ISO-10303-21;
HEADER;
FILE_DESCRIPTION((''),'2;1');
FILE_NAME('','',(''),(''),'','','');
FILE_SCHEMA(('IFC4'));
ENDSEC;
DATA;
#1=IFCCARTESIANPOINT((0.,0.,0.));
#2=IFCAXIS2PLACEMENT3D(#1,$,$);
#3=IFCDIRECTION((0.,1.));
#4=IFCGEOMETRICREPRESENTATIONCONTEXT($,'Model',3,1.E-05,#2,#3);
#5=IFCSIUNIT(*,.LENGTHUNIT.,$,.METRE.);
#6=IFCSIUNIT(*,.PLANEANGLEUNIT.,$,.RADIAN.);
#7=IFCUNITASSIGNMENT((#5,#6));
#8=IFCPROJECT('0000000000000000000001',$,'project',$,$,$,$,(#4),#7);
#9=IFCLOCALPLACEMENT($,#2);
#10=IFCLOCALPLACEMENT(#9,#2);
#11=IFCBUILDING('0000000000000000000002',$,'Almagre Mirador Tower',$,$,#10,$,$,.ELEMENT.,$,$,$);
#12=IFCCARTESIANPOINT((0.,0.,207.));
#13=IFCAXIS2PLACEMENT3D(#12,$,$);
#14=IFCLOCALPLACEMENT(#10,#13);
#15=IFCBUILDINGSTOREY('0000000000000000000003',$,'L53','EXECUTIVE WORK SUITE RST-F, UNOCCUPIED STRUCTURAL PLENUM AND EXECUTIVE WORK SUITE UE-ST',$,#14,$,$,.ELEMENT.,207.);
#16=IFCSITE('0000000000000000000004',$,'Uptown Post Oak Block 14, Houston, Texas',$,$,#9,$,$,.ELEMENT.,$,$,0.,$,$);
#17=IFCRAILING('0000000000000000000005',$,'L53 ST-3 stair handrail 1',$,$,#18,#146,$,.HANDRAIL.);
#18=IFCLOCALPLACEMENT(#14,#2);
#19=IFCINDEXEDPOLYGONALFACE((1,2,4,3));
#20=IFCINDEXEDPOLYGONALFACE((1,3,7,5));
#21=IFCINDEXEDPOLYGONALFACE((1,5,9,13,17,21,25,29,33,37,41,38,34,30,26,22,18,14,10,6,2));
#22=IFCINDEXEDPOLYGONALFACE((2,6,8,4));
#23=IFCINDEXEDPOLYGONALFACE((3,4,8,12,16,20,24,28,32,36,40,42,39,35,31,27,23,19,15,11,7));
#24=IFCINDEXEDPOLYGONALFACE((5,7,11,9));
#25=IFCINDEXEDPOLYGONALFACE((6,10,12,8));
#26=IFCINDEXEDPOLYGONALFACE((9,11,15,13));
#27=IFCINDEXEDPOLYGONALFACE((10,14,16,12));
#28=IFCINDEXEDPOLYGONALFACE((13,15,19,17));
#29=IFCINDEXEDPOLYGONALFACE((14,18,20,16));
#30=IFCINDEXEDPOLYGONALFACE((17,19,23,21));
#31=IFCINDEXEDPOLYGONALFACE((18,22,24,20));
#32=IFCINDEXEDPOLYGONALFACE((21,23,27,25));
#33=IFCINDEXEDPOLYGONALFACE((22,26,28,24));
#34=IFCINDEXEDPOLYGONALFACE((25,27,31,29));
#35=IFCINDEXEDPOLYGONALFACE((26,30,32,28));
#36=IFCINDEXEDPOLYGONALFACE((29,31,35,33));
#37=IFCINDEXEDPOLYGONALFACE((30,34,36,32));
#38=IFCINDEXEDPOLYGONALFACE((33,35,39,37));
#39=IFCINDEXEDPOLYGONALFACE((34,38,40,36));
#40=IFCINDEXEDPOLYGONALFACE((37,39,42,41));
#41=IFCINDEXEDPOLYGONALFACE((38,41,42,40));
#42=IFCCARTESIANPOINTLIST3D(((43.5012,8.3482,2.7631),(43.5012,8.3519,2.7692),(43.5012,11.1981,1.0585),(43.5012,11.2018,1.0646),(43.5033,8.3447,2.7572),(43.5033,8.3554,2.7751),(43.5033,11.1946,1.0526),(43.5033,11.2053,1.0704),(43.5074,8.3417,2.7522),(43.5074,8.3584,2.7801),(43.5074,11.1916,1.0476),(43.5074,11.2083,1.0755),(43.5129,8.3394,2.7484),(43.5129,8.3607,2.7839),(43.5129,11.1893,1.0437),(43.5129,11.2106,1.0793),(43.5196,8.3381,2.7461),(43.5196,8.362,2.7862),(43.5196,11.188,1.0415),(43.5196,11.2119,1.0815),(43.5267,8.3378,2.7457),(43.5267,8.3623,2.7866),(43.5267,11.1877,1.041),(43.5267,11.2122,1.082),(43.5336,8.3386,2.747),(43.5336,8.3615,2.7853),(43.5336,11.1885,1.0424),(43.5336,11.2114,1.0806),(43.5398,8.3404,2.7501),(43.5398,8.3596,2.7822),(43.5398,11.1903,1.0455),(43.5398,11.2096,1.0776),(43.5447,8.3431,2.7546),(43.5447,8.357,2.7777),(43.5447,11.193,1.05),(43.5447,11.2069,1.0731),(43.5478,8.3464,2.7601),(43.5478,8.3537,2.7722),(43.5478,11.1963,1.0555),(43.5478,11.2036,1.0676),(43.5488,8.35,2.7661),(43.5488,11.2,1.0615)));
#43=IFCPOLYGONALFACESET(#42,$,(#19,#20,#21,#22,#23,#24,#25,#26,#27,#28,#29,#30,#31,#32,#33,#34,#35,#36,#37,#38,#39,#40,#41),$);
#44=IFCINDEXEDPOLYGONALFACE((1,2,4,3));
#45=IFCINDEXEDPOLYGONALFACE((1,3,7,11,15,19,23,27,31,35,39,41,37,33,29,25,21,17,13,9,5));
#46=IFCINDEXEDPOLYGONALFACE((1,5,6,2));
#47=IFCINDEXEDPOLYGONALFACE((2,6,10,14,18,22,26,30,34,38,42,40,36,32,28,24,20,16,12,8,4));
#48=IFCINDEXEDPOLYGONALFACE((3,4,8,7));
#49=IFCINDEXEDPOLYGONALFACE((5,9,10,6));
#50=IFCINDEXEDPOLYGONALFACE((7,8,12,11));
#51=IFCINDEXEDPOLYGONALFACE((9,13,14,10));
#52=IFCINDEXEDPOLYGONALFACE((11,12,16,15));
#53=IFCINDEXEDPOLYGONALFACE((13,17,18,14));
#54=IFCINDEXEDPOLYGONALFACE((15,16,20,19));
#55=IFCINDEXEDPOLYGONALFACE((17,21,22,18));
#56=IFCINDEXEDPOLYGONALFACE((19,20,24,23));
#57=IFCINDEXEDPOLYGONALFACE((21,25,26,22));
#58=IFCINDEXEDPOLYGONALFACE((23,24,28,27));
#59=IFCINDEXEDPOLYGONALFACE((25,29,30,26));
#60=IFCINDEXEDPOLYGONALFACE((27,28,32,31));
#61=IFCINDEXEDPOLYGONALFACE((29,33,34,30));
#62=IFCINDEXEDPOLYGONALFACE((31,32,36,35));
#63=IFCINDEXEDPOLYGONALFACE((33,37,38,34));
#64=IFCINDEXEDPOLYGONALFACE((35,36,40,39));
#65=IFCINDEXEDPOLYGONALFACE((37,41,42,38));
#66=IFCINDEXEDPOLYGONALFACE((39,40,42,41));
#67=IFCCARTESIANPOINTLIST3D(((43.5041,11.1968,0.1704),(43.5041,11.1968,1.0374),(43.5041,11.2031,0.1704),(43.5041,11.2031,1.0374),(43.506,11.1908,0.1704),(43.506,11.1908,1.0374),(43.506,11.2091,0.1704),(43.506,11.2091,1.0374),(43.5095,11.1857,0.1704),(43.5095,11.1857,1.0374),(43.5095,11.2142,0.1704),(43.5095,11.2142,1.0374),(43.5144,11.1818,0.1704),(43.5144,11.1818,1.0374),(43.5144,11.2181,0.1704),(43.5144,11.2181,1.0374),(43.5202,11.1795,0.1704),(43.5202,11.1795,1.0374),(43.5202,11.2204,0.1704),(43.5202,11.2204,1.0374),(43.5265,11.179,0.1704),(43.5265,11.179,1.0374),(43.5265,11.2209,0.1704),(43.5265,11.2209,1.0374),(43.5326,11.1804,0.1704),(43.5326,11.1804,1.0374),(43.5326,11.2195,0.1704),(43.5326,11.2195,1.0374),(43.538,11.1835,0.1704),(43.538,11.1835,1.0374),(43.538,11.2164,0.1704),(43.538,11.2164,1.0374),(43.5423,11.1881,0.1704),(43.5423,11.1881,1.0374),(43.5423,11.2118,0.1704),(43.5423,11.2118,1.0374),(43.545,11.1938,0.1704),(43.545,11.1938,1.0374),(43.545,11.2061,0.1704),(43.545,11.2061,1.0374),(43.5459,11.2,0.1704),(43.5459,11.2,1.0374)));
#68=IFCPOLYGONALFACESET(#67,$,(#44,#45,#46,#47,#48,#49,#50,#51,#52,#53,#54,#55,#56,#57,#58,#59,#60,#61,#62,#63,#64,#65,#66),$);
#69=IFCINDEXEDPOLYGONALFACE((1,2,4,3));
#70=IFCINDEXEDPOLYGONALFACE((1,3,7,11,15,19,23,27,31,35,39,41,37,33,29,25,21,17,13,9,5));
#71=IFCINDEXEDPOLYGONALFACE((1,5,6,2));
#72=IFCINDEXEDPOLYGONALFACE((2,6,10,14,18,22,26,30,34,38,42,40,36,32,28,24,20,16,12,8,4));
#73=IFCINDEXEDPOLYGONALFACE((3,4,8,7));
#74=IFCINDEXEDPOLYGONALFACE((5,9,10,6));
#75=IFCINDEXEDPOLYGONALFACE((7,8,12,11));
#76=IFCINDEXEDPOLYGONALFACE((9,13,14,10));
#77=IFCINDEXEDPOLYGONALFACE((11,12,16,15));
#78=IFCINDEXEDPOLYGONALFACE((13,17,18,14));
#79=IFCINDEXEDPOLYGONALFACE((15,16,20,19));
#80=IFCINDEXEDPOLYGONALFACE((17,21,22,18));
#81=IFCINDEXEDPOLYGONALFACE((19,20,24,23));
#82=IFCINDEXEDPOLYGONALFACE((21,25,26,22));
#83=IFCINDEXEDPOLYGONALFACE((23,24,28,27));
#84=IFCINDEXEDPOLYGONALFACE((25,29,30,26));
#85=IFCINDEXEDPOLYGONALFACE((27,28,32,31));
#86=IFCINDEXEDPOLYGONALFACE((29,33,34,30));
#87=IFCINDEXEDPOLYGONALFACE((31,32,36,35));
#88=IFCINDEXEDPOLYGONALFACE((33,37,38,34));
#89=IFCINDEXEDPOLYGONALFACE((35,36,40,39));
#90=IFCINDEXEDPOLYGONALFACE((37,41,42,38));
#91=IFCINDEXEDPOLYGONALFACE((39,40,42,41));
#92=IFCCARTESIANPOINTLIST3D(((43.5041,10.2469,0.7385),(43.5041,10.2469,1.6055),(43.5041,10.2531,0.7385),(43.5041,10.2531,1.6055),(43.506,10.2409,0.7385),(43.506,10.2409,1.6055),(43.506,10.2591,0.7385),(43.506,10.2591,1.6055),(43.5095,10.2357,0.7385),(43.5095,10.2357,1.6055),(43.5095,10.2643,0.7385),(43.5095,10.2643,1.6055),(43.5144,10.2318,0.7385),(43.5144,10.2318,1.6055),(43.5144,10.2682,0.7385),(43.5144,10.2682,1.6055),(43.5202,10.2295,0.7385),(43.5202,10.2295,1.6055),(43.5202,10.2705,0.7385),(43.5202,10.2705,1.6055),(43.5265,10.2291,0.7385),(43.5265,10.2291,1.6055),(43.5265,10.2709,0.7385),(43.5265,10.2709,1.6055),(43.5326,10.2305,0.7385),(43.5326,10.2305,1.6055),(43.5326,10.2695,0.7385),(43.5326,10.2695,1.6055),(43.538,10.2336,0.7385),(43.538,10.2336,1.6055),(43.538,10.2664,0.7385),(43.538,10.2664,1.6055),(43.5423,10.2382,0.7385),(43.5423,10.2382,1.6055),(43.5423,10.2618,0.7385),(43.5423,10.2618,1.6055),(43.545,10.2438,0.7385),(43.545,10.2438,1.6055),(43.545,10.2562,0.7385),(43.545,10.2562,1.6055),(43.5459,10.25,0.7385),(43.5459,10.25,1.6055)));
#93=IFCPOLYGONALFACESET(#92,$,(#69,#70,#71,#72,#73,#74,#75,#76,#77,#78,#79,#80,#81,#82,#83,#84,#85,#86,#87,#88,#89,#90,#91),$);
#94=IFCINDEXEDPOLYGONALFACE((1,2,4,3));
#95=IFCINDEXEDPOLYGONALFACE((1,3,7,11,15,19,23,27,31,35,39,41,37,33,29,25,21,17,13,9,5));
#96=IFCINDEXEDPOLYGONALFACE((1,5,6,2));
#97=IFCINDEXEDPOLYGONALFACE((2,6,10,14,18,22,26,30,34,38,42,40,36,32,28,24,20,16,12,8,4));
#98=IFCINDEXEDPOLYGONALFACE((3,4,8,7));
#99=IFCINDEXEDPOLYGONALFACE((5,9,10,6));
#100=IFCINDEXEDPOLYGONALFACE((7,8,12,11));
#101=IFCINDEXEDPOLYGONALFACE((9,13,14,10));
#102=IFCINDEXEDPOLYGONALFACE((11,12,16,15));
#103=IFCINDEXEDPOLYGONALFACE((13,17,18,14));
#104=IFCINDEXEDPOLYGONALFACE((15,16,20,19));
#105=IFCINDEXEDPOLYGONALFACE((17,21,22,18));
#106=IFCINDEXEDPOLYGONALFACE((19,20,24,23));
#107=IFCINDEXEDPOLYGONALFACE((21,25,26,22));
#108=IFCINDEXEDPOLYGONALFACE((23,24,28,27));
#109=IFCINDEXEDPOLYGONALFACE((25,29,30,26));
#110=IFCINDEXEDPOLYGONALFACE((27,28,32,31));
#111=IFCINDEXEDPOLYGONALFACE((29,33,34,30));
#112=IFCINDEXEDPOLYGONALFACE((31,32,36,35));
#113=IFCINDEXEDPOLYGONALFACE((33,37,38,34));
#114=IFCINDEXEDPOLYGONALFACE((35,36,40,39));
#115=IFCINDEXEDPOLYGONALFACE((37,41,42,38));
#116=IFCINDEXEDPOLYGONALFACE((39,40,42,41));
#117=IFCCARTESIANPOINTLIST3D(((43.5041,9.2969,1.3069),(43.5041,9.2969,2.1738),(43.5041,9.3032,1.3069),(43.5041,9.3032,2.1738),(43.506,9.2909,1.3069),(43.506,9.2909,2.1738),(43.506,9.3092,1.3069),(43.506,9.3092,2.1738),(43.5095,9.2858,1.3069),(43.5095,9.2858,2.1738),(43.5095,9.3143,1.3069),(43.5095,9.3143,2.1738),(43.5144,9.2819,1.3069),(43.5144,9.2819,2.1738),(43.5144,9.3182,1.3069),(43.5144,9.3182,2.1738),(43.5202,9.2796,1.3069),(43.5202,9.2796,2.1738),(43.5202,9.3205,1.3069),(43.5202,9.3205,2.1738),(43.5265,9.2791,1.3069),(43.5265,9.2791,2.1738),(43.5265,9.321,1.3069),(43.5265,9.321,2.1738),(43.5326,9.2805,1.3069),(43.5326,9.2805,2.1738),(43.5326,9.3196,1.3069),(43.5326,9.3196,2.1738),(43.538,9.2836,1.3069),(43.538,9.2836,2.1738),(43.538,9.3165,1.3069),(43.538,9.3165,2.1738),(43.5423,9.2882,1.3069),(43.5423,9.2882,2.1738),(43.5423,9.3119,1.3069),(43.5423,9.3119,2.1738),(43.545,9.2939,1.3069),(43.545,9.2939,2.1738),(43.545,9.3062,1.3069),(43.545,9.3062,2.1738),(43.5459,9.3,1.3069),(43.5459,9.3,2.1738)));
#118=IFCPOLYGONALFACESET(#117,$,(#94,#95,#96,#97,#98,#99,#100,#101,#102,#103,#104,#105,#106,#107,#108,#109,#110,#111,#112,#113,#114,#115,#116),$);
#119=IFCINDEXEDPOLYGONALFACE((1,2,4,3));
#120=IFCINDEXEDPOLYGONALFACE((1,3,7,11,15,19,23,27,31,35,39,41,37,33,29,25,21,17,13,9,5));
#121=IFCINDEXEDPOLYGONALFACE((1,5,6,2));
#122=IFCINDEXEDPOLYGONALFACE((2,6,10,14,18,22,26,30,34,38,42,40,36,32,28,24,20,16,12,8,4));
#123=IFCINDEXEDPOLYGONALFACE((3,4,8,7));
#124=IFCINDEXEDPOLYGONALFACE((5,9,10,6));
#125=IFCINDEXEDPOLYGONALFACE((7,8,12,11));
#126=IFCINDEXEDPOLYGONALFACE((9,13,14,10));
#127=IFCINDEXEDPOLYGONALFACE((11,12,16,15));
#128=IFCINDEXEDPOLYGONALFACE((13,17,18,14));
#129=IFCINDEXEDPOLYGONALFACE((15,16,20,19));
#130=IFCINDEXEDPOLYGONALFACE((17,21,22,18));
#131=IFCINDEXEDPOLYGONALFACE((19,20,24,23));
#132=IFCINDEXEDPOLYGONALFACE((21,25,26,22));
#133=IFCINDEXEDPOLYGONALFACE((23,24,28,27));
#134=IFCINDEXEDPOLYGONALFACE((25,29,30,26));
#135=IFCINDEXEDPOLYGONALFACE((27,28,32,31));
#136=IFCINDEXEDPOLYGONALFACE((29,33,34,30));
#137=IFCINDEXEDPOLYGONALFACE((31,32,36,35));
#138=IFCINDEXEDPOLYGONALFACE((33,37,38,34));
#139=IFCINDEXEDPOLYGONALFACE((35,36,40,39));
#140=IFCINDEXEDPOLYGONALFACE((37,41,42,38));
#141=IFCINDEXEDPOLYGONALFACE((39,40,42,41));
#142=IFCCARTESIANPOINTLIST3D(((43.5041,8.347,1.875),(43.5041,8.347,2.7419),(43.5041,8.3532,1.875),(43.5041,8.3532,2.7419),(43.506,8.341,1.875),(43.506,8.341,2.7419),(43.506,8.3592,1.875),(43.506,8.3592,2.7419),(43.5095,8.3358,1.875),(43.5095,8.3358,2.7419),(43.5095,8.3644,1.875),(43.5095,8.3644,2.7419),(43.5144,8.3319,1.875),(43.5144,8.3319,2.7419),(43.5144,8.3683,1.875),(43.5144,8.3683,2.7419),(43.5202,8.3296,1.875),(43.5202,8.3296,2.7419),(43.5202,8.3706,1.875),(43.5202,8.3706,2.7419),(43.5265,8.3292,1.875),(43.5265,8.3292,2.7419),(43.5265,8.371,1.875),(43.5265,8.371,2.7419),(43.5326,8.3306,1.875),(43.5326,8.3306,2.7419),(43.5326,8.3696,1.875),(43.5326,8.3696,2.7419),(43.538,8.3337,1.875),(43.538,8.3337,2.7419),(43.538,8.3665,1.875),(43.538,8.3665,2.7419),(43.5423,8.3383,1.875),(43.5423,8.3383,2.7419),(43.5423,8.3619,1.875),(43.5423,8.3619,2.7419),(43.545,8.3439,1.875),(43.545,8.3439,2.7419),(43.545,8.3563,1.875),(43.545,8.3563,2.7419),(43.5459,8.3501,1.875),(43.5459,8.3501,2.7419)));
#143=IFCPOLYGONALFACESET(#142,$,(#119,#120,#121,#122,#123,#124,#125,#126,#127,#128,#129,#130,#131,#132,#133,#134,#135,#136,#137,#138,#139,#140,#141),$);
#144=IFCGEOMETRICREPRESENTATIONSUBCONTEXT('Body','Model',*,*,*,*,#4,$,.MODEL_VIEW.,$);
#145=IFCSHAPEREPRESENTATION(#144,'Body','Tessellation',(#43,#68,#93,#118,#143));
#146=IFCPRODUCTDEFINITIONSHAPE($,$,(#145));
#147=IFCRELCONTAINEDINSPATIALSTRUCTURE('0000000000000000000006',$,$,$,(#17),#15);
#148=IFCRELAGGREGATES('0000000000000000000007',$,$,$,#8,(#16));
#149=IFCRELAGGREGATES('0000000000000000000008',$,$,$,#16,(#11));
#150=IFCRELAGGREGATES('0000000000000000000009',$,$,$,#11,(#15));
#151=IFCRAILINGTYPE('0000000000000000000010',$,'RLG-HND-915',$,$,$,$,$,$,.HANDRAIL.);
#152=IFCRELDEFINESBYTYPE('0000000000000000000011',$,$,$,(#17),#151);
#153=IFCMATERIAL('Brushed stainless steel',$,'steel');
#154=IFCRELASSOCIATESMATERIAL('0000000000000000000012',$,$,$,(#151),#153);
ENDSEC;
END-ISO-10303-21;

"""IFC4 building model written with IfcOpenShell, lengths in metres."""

from ifc_helpers import new_model, si_unit, direction, frame, origin, origin_2d, place, context, subcontext, project, spatial, circle, extrude, material, type_object, element, save


model = new_model("IFC4")

# Units and contexts
model_context = context("Model", 3, precision=1e-05, world=origin(), true_north=direction((0.0, 1.0)))
body_context = subcontext(model_context, "Body", "Model", "MODEL_VIEW")
ifc_project = project(units=[si_unit("LENGTHUNIT", "METRE"), si_unit("PLANEANGLEUNIT", "RADIAN")], contexts=[model_context])

# Site, building, storey
site_placement = place(None, origin())
site = spatial("IfcSite", under=ifc_project, at=site_placement, Name="Uptown Post Oak Block 14, Houston, Texas", CompositionType="ELEMENT", RefElevation=0.0)
building_placement = place(site_placement, origin())
building = spatial("IfcBuilding", under=site, at=building_placement, Name="Almagre Mirador Tower", CompositionType="ELEMENT")
storey_placement = place(building_placement, frame((0.0, 0.0, 207.0)))
storey = spatial("IfcBuildingStorey", under=building, at=storey_placement, Name="L53", Description="EXECUTIVE WORK SUITE RST-F, UNOCCUPIED STRUCTURAL PLENUM AND EXECUTIVE WORK SUITE UE-ST", CompositionType="ELEMENT", Elevation=207.0)

# Railing
ifc_material_1 = material(Name="Brushed stainless steel", Category="steel")
railing_type_1 = type_object("IfcRailingType", Name="RLG-HND-915", PredefinedType="HANDRAIL", material=ifc_material_1)
railing_1_placement = place(storey_placement, frame((43.5249, 11.2, 0.1704)))
element("IfcRailing", 1, at=railing_1_placement, inside=storey, type_object=railing_type_1, Name="L53 ST-3 stair handrail 1", PredefinedType="HANDRAIL", context=body_context, shape_type="SweptSolid", body=[
    extrude(circle(Radius=0.0239, at=origin_2d()), frame((0.0, 0.0, 0.8911), z_axis=(0.0, -0.858199, 0.513317), x_axis=(1.0, 0.0, 0.0)), (0.0, 0.0, 1.0), 3.3208),
    extrude(circle(Radius=0.021, at=origin_2d()), origin(), (0.0, 0.0, 1.0), 0.8669),
    extrude(circle(Radius=0.021, at=origin_2d()), frame((0.0, -0.95, 0.5681)), (0.0, 0.0, 1.0), 0.8669),
    extrude(circle(Radius=0.021, at=origin_2d()), frame((0.0, -1.8999, 1.1365)), (0.0, 0.0, 1.0), 0.8669),
    extrude(circle(Radius=0.021, at=origin_2d()), frame((0.0, -2.8499, 1.7046)), (0.0, 0.0, 1.0), 0.8669),
])

save(model, "model.ifc")
